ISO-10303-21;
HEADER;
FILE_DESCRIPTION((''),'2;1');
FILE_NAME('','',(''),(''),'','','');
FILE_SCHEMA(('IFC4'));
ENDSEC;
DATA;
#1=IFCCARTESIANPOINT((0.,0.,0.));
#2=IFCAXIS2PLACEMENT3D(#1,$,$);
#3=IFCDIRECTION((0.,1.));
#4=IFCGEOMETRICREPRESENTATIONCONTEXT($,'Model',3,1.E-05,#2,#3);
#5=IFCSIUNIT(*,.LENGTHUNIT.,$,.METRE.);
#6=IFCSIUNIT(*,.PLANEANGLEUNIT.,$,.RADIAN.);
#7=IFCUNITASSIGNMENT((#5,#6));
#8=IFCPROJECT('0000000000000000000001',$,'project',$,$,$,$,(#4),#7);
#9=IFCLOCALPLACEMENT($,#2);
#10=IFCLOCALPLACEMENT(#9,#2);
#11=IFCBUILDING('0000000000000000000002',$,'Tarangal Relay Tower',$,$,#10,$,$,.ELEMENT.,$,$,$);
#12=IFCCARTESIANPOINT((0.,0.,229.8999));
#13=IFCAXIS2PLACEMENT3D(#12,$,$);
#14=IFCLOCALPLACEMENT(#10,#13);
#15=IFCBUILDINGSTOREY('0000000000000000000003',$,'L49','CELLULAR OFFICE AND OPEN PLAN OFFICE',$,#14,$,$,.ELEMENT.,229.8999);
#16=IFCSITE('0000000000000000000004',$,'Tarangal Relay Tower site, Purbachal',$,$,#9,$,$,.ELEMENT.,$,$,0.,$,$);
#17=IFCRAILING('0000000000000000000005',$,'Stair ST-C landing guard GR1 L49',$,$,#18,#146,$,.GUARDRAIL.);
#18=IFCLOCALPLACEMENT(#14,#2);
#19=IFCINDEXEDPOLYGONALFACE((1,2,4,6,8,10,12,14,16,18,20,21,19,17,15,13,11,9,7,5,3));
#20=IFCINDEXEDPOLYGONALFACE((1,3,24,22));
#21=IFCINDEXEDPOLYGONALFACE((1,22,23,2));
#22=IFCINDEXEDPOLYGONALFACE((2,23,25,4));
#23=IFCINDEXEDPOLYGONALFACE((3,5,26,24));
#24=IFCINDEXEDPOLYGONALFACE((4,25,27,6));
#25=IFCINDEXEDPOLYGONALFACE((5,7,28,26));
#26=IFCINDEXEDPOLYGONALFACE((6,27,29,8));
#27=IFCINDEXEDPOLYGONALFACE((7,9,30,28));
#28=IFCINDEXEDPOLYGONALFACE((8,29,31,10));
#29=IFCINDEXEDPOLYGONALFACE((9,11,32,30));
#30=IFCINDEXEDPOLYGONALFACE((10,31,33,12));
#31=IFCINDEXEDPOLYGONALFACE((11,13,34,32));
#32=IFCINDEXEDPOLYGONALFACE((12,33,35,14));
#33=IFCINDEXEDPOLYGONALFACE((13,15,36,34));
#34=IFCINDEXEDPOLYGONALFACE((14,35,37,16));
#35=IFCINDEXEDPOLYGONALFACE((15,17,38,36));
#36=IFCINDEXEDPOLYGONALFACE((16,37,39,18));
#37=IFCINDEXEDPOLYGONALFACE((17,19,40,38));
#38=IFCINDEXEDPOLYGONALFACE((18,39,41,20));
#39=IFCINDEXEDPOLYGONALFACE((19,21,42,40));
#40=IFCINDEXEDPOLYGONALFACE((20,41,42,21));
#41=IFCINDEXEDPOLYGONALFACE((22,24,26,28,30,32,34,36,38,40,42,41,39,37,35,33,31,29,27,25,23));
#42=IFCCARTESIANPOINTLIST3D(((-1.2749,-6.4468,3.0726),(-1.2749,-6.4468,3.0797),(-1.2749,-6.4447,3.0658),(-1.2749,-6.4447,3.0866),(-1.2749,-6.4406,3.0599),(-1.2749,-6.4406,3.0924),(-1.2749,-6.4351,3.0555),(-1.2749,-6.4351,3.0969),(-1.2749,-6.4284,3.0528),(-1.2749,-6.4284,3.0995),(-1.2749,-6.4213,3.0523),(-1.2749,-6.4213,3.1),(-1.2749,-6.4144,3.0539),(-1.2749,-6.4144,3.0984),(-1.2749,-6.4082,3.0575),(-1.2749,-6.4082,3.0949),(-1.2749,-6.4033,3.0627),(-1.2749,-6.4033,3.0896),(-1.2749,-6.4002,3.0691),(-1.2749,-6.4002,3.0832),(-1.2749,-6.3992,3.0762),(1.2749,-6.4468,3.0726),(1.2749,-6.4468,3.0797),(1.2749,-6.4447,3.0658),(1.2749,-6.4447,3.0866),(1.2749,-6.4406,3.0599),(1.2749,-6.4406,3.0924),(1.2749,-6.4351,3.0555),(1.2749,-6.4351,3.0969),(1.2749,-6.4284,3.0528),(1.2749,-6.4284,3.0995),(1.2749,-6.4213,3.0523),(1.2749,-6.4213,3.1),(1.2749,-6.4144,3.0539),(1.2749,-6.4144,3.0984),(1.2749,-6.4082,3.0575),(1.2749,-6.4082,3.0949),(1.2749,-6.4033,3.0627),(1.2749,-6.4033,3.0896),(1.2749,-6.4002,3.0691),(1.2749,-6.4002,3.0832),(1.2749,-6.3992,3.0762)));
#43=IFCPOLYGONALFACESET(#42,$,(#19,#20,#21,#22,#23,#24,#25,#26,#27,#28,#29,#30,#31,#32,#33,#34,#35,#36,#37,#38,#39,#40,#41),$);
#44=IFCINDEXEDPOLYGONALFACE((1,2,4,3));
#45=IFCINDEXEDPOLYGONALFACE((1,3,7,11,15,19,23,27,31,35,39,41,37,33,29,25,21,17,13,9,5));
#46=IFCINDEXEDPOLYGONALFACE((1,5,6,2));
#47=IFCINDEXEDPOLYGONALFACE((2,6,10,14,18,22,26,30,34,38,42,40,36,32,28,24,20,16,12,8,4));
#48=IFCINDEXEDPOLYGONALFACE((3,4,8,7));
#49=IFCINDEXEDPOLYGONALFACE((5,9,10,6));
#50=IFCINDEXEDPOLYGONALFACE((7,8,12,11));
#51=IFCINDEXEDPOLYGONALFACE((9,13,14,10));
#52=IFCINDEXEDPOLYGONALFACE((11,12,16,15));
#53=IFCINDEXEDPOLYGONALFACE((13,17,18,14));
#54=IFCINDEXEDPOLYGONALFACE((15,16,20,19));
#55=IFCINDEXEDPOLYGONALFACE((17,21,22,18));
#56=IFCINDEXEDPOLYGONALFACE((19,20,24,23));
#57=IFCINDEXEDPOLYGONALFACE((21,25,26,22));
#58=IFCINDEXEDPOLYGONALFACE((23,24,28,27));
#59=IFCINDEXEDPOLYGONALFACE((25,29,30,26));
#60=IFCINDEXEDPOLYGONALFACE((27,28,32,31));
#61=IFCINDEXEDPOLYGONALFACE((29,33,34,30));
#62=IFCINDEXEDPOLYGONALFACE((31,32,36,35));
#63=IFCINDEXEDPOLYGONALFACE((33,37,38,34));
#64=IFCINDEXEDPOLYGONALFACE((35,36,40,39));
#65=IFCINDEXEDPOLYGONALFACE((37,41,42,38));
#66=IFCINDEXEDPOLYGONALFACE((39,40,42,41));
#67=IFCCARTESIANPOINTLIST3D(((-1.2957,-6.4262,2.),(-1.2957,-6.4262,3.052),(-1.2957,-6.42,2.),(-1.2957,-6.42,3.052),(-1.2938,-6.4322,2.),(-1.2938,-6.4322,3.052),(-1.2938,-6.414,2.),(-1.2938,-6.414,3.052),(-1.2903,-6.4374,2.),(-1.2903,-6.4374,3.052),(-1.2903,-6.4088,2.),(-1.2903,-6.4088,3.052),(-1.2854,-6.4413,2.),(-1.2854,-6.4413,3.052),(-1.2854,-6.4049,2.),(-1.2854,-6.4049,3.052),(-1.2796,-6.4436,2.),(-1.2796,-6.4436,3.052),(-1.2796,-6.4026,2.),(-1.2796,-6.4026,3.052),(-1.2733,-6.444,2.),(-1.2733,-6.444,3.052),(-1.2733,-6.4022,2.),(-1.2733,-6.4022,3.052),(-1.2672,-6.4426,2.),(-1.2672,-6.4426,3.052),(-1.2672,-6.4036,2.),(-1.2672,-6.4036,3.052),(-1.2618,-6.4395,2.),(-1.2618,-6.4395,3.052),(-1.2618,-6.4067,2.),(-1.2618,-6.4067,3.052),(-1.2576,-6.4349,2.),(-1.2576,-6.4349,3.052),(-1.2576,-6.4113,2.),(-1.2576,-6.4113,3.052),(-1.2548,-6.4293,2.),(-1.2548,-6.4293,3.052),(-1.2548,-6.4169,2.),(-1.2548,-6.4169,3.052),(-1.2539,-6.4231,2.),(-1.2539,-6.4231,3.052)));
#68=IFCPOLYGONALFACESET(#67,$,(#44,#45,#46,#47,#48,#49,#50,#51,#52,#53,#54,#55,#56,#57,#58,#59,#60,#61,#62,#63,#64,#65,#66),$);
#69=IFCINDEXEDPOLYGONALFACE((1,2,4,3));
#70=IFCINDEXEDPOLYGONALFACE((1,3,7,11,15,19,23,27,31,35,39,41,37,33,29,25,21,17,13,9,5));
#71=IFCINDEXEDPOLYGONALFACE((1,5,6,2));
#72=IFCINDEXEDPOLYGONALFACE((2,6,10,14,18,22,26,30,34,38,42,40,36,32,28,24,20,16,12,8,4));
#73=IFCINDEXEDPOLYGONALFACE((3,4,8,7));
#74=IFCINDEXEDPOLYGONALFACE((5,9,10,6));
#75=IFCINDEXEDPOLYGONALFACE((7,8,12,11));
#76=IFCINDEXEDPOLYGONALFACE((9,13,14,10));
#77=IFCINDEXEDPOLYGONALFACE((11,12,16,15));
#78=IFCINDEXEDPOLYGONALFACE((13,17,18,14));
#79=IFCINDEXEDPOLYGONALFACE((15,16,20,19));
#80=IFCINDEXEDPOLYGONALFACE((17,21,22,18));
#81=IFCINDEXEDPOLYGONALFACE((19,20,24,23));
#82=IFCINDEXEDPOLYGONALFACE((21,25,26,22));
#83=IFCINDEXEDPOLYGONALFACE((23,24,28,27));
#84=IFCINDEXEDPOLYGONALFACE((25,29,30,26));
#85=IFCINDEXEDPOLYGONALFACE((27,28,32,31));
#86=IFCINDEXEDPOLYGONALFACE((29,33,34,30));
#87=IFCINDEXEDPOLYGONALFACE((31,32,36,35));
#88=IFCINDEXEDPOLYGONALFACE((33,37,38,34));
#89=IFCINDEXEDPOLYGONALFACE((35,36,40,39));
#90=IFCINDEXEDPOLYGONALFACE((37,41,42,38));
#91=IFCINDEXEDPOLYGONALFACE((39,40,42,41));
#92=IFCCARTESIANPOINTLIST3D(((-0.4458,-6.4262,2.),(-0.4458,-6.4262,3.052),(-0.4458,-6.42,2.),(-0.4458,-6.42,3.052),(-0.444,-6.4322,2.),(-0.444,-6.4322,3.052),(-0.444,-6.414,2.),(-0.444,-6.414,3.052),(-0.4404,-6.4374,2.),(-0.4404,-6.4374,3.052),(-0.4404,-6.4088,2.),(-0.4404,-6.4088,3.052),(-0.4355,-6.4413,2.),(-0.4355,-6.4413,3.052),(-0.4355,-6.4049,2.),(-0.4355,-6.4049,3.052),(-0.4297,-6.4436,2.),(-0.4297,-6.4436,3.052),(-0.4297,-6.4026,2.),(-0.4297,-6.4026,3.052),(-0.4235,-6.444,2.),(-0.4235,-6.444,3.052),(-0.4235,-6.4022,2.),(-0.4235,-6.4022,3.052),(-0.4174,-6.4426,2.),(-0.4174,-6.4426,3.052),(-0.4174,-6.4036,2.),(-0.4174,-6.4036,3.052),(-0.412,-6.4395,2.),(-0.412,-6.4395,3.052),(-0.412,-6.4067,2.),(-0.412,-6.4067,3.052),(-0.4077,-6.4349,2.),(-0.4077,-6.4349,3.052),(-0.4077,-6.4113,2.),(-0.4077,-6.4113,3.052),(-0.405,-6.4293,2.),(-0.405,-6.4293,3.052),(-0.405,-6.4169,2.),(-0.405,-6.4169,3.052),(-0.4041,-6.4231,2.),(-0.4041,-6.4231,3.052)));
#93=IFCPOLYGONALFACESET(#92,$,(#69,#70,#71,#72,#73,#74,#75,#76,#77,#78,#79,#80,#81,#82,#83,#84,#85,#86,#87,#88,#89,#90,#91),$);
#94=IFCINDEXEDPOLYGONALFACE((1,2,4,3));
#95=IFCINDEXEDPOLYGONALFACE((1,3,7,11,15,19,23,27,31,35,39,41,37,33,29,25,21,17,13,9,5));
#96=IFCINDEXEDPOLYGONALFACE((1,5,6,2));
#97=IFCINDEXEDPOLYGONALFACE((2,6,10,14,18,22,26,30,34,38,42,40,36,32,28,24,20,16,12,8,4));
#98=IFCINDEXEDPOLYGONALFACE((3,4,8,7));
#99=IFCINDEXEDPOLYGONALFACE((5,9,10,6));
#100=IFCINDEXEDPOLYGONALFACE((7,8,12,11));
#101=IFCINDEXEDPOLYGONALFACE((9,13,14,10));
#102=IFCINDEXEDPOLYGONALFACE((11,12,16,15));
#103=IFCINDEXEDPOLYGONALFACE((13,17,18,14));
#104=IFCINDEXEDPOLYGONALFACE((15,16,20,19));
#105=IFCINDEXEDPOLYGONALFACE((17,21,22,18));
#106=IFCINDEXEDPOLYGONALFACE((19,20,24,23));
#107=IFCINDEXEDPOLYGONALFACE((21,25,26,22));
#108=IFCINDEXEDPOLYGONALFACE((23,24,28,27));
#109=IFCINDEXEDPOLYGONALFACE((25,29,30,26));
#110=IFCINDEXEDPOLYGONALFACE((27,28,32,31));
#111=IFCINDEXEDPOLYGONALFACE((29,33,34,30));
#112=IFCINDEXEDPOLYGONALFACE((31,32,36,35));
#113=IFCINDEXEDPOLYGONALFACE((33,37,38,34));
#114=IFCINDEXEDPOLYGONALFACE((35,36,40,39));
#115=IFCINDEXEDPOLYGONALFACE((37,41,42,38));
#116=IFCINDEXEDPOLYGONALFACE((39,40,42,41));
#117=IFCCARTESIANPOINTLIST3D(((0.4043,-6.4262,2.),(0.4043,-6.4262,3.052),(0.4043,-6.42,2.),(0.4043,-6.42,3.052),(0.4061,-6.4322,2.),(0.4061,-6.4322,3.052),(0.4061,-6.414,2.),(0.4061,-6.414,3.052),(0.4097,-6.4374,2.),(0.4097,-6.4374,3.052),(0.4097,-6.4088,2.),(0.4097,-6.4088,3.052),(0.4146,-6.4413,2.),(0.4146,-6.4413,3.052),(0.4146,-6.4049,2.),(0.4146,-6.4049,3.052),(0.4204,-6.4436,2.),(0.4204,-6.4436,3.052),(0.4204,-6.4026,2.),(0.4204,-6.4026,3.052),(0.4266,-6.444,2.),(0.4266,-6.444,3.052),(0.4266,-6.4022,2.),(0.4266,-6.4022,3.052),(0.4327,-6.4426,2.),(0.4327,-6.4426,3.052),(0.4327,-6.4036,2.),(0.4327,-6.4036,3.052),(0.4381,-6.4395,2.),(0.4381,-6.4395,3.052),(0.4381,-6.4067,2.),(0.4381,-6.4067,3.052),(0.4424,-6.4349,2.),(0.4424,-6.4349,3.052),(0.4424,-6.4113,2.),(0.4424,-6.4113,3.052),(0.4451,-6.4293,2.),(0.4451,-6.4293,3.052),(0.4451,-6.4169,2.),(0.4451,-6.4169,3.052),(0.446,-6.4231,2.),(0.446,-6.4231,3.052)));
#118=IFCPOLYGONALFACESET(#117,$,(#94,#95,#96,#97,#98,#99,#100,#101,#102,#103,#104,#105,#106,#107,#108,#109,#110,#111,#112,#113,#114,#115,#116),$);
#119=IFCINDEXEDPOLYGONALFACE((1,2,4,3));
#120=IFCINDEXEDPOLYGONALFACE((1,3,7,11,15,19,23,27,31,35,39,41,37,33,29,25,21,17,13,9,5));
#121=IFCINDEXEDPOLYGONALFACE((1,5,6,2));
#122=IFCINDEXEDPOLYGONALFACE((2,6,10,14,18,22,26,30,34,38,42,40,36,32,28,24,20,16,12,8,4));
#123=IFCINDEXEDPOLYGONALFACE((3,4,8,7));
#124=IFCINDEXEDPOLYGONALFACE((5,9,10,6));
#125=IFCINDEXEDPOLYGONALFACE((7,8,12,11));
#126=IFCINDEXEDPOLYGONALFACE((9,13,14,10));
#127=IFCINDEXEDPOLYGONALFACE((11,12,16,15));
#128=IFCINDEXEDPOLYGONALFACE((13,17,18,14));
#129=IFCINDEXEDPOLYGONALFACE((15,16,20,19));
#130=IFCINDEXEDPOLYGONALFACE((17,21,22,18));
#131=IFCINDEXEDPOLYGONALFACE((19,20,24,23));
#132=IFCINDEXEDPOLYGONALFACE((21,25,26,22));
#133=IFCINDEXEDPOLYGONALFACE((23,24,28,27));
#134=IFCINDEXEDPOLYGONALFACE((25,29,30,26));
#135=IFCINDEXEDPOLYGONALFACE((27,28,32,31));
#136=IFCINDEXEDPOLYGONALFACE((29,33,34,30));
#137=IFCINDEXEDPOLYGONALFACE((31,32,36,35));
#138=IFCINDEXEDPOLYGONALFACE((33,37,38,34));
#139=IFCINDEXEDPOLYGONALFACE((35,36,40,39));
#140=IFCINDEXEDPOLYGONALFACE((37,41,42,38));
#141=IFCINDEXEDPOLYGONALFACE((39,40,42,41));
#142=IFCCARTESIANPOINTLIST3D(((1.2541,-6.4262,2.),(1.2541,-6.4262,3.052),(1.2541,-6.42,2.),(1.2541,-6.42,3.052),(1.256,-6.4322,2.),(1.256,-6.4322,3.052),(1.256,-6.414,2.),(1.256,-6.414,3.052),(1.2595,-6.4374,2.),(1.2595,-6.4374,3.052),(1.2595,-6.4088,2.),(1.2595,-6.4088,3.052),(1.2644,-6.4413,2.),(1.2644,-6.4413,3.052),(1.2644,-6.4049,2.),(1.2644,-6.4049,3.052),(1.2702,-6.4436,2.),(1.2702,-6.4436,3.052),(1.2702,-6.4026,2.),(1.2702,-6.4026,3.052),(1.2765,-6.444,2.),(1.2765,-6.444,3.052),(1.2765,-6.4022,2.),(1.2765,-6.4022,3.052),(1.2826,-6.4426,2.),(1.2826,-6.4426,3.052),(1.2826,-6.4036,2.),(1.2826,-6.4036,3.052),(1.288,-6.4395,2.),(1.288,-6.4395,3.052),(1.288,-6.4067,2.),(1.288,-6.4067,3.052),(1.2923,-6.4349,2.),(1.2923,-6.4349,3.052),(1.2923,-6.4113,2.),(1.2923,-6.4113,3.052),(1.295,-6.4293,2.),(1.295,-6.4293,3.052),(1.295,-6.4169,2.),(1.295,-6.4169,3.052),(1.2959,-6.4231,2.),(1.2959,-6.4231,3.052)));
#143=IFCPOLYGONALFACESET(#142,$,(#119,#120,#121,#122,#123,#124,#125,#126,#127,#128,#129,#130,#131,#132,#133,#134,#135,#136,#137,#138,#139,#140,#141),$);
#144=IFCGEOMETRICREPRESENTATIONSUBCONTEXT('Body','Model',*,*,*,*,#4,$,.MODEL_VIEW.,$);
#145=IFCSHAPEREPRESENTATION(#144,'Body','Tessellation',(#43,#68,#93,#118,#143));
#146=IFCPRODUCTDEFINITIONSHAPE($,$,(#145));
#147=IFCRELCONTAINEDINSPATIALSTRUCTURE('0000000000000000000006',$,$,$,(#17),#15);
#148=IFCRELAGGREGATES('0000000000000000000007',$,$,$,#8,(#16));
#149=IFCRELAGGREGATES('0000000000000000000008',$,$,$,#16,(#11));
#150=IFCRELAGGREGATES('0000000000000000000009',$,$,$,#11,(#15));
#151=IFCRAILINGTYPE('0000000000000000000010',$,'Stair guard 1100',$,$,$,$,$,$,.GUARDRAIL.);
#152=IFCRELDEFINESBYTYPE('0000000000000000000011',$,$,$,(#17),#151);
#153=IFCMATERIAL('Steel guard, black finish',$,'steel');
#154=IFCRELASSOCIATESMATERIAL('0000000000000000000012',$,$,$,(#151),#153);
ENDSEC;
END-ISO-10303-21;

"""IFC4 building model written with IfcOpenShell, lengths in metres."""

from ifc_helpers import new_model, si_unit, direction, frame, origin, origin_2d, place, context, subcontext, project, spatial, circle, extrude, material, type_object, element, save


model = new_model("IFC4")

# Units and contexts
model_context = context("Model", 3, precision=1e-05, world=origin(), true_north=direction((0.0, 1.0)))
body_context = subcontext(model_context, "Body", "Model", "MODEL_VIEW")
ifc_project = project(units=[si_unit("LENGTHUNIT", "METRE"), si_unit("PLANEANGLEUNIT", "RADIAN")], contexts=[model_context])

# Site, building, storey
site_placement = place(None, origin())
site = spatial("IfcSite", under=ifc_project, at=site_placement, Name="Tarangal Relay Tower site, Purbachal", CompositionType="ELEMENT", RefElevation=0.0)
building_placement = place(site_placement, origin())
building = spatial("IfcBuilding", under=site, at=building_placement, Name="Tarangal Relay Tower", CompositionType="ELEMENT")
storey_placement = place(building_placement, frame((0.0, 0.0, 229.8999)))
storey = spatial("IfcBuildingStorey", under=building, at=storey_placement, Name="L49", Description="CELLULAR OFFICE AND OPEN PLAN OFFICE", CompositionType="ELEMENT", Elevation=229.8999)

# Railing
ifc_material_1 = material(Name="Steel guard, black finish", Category="steel")
railing_type_1 = type_object("IfcRailingType", Name="Stair guard 1100", PredefinedType="GUARDRAIL", material=ifc_material_1)
for number, where, name in (
    (1, (-1.2749, -6.4231, 2.0), "Stair ST-C landing guard GR1 L49"),
):
    element("IfcRailing", number, at=place(storey_placement, frame(where)), inside=storey, type_object=railing_type_1, Name=name, PredefinedType="GUARDRAIL", context=body_context, shape_type="SweptSolid", body=[
        extrude(circle(Radius=0.0239, at=origin_2d()), frame((0.0, 0.0, 1.0762), z_axis=(1.0, 0.0, 0.0), x_axis=(0.0, 1.0, 0.0)), (0.0, 0.0, 1.0), 2.5498),
        extrude(circle(Radius=0.021, at=origin_2d()), origin(), (0.0, 0.0, 1.0), 1.052),
        extrude(circle(Radius=0.021, at=origin_2d()), frame((0.8499, 0.0, 0.0)), (0.0, 0.0, 1.0), 1.052),
        extrude(circle(Radius=0.021, at=origin_2d()), frame((1.7, 0.0, 0.0)), (0.0, 0.0, 1.0), 1.052),
        extrude(circle(Radius=0.021, at=origin_2d()), frame((2.5498, 0.0, 0.0)), (0.0, 0.0, 1.0), 1.052),
    ])

save(model, "model.ifc")
